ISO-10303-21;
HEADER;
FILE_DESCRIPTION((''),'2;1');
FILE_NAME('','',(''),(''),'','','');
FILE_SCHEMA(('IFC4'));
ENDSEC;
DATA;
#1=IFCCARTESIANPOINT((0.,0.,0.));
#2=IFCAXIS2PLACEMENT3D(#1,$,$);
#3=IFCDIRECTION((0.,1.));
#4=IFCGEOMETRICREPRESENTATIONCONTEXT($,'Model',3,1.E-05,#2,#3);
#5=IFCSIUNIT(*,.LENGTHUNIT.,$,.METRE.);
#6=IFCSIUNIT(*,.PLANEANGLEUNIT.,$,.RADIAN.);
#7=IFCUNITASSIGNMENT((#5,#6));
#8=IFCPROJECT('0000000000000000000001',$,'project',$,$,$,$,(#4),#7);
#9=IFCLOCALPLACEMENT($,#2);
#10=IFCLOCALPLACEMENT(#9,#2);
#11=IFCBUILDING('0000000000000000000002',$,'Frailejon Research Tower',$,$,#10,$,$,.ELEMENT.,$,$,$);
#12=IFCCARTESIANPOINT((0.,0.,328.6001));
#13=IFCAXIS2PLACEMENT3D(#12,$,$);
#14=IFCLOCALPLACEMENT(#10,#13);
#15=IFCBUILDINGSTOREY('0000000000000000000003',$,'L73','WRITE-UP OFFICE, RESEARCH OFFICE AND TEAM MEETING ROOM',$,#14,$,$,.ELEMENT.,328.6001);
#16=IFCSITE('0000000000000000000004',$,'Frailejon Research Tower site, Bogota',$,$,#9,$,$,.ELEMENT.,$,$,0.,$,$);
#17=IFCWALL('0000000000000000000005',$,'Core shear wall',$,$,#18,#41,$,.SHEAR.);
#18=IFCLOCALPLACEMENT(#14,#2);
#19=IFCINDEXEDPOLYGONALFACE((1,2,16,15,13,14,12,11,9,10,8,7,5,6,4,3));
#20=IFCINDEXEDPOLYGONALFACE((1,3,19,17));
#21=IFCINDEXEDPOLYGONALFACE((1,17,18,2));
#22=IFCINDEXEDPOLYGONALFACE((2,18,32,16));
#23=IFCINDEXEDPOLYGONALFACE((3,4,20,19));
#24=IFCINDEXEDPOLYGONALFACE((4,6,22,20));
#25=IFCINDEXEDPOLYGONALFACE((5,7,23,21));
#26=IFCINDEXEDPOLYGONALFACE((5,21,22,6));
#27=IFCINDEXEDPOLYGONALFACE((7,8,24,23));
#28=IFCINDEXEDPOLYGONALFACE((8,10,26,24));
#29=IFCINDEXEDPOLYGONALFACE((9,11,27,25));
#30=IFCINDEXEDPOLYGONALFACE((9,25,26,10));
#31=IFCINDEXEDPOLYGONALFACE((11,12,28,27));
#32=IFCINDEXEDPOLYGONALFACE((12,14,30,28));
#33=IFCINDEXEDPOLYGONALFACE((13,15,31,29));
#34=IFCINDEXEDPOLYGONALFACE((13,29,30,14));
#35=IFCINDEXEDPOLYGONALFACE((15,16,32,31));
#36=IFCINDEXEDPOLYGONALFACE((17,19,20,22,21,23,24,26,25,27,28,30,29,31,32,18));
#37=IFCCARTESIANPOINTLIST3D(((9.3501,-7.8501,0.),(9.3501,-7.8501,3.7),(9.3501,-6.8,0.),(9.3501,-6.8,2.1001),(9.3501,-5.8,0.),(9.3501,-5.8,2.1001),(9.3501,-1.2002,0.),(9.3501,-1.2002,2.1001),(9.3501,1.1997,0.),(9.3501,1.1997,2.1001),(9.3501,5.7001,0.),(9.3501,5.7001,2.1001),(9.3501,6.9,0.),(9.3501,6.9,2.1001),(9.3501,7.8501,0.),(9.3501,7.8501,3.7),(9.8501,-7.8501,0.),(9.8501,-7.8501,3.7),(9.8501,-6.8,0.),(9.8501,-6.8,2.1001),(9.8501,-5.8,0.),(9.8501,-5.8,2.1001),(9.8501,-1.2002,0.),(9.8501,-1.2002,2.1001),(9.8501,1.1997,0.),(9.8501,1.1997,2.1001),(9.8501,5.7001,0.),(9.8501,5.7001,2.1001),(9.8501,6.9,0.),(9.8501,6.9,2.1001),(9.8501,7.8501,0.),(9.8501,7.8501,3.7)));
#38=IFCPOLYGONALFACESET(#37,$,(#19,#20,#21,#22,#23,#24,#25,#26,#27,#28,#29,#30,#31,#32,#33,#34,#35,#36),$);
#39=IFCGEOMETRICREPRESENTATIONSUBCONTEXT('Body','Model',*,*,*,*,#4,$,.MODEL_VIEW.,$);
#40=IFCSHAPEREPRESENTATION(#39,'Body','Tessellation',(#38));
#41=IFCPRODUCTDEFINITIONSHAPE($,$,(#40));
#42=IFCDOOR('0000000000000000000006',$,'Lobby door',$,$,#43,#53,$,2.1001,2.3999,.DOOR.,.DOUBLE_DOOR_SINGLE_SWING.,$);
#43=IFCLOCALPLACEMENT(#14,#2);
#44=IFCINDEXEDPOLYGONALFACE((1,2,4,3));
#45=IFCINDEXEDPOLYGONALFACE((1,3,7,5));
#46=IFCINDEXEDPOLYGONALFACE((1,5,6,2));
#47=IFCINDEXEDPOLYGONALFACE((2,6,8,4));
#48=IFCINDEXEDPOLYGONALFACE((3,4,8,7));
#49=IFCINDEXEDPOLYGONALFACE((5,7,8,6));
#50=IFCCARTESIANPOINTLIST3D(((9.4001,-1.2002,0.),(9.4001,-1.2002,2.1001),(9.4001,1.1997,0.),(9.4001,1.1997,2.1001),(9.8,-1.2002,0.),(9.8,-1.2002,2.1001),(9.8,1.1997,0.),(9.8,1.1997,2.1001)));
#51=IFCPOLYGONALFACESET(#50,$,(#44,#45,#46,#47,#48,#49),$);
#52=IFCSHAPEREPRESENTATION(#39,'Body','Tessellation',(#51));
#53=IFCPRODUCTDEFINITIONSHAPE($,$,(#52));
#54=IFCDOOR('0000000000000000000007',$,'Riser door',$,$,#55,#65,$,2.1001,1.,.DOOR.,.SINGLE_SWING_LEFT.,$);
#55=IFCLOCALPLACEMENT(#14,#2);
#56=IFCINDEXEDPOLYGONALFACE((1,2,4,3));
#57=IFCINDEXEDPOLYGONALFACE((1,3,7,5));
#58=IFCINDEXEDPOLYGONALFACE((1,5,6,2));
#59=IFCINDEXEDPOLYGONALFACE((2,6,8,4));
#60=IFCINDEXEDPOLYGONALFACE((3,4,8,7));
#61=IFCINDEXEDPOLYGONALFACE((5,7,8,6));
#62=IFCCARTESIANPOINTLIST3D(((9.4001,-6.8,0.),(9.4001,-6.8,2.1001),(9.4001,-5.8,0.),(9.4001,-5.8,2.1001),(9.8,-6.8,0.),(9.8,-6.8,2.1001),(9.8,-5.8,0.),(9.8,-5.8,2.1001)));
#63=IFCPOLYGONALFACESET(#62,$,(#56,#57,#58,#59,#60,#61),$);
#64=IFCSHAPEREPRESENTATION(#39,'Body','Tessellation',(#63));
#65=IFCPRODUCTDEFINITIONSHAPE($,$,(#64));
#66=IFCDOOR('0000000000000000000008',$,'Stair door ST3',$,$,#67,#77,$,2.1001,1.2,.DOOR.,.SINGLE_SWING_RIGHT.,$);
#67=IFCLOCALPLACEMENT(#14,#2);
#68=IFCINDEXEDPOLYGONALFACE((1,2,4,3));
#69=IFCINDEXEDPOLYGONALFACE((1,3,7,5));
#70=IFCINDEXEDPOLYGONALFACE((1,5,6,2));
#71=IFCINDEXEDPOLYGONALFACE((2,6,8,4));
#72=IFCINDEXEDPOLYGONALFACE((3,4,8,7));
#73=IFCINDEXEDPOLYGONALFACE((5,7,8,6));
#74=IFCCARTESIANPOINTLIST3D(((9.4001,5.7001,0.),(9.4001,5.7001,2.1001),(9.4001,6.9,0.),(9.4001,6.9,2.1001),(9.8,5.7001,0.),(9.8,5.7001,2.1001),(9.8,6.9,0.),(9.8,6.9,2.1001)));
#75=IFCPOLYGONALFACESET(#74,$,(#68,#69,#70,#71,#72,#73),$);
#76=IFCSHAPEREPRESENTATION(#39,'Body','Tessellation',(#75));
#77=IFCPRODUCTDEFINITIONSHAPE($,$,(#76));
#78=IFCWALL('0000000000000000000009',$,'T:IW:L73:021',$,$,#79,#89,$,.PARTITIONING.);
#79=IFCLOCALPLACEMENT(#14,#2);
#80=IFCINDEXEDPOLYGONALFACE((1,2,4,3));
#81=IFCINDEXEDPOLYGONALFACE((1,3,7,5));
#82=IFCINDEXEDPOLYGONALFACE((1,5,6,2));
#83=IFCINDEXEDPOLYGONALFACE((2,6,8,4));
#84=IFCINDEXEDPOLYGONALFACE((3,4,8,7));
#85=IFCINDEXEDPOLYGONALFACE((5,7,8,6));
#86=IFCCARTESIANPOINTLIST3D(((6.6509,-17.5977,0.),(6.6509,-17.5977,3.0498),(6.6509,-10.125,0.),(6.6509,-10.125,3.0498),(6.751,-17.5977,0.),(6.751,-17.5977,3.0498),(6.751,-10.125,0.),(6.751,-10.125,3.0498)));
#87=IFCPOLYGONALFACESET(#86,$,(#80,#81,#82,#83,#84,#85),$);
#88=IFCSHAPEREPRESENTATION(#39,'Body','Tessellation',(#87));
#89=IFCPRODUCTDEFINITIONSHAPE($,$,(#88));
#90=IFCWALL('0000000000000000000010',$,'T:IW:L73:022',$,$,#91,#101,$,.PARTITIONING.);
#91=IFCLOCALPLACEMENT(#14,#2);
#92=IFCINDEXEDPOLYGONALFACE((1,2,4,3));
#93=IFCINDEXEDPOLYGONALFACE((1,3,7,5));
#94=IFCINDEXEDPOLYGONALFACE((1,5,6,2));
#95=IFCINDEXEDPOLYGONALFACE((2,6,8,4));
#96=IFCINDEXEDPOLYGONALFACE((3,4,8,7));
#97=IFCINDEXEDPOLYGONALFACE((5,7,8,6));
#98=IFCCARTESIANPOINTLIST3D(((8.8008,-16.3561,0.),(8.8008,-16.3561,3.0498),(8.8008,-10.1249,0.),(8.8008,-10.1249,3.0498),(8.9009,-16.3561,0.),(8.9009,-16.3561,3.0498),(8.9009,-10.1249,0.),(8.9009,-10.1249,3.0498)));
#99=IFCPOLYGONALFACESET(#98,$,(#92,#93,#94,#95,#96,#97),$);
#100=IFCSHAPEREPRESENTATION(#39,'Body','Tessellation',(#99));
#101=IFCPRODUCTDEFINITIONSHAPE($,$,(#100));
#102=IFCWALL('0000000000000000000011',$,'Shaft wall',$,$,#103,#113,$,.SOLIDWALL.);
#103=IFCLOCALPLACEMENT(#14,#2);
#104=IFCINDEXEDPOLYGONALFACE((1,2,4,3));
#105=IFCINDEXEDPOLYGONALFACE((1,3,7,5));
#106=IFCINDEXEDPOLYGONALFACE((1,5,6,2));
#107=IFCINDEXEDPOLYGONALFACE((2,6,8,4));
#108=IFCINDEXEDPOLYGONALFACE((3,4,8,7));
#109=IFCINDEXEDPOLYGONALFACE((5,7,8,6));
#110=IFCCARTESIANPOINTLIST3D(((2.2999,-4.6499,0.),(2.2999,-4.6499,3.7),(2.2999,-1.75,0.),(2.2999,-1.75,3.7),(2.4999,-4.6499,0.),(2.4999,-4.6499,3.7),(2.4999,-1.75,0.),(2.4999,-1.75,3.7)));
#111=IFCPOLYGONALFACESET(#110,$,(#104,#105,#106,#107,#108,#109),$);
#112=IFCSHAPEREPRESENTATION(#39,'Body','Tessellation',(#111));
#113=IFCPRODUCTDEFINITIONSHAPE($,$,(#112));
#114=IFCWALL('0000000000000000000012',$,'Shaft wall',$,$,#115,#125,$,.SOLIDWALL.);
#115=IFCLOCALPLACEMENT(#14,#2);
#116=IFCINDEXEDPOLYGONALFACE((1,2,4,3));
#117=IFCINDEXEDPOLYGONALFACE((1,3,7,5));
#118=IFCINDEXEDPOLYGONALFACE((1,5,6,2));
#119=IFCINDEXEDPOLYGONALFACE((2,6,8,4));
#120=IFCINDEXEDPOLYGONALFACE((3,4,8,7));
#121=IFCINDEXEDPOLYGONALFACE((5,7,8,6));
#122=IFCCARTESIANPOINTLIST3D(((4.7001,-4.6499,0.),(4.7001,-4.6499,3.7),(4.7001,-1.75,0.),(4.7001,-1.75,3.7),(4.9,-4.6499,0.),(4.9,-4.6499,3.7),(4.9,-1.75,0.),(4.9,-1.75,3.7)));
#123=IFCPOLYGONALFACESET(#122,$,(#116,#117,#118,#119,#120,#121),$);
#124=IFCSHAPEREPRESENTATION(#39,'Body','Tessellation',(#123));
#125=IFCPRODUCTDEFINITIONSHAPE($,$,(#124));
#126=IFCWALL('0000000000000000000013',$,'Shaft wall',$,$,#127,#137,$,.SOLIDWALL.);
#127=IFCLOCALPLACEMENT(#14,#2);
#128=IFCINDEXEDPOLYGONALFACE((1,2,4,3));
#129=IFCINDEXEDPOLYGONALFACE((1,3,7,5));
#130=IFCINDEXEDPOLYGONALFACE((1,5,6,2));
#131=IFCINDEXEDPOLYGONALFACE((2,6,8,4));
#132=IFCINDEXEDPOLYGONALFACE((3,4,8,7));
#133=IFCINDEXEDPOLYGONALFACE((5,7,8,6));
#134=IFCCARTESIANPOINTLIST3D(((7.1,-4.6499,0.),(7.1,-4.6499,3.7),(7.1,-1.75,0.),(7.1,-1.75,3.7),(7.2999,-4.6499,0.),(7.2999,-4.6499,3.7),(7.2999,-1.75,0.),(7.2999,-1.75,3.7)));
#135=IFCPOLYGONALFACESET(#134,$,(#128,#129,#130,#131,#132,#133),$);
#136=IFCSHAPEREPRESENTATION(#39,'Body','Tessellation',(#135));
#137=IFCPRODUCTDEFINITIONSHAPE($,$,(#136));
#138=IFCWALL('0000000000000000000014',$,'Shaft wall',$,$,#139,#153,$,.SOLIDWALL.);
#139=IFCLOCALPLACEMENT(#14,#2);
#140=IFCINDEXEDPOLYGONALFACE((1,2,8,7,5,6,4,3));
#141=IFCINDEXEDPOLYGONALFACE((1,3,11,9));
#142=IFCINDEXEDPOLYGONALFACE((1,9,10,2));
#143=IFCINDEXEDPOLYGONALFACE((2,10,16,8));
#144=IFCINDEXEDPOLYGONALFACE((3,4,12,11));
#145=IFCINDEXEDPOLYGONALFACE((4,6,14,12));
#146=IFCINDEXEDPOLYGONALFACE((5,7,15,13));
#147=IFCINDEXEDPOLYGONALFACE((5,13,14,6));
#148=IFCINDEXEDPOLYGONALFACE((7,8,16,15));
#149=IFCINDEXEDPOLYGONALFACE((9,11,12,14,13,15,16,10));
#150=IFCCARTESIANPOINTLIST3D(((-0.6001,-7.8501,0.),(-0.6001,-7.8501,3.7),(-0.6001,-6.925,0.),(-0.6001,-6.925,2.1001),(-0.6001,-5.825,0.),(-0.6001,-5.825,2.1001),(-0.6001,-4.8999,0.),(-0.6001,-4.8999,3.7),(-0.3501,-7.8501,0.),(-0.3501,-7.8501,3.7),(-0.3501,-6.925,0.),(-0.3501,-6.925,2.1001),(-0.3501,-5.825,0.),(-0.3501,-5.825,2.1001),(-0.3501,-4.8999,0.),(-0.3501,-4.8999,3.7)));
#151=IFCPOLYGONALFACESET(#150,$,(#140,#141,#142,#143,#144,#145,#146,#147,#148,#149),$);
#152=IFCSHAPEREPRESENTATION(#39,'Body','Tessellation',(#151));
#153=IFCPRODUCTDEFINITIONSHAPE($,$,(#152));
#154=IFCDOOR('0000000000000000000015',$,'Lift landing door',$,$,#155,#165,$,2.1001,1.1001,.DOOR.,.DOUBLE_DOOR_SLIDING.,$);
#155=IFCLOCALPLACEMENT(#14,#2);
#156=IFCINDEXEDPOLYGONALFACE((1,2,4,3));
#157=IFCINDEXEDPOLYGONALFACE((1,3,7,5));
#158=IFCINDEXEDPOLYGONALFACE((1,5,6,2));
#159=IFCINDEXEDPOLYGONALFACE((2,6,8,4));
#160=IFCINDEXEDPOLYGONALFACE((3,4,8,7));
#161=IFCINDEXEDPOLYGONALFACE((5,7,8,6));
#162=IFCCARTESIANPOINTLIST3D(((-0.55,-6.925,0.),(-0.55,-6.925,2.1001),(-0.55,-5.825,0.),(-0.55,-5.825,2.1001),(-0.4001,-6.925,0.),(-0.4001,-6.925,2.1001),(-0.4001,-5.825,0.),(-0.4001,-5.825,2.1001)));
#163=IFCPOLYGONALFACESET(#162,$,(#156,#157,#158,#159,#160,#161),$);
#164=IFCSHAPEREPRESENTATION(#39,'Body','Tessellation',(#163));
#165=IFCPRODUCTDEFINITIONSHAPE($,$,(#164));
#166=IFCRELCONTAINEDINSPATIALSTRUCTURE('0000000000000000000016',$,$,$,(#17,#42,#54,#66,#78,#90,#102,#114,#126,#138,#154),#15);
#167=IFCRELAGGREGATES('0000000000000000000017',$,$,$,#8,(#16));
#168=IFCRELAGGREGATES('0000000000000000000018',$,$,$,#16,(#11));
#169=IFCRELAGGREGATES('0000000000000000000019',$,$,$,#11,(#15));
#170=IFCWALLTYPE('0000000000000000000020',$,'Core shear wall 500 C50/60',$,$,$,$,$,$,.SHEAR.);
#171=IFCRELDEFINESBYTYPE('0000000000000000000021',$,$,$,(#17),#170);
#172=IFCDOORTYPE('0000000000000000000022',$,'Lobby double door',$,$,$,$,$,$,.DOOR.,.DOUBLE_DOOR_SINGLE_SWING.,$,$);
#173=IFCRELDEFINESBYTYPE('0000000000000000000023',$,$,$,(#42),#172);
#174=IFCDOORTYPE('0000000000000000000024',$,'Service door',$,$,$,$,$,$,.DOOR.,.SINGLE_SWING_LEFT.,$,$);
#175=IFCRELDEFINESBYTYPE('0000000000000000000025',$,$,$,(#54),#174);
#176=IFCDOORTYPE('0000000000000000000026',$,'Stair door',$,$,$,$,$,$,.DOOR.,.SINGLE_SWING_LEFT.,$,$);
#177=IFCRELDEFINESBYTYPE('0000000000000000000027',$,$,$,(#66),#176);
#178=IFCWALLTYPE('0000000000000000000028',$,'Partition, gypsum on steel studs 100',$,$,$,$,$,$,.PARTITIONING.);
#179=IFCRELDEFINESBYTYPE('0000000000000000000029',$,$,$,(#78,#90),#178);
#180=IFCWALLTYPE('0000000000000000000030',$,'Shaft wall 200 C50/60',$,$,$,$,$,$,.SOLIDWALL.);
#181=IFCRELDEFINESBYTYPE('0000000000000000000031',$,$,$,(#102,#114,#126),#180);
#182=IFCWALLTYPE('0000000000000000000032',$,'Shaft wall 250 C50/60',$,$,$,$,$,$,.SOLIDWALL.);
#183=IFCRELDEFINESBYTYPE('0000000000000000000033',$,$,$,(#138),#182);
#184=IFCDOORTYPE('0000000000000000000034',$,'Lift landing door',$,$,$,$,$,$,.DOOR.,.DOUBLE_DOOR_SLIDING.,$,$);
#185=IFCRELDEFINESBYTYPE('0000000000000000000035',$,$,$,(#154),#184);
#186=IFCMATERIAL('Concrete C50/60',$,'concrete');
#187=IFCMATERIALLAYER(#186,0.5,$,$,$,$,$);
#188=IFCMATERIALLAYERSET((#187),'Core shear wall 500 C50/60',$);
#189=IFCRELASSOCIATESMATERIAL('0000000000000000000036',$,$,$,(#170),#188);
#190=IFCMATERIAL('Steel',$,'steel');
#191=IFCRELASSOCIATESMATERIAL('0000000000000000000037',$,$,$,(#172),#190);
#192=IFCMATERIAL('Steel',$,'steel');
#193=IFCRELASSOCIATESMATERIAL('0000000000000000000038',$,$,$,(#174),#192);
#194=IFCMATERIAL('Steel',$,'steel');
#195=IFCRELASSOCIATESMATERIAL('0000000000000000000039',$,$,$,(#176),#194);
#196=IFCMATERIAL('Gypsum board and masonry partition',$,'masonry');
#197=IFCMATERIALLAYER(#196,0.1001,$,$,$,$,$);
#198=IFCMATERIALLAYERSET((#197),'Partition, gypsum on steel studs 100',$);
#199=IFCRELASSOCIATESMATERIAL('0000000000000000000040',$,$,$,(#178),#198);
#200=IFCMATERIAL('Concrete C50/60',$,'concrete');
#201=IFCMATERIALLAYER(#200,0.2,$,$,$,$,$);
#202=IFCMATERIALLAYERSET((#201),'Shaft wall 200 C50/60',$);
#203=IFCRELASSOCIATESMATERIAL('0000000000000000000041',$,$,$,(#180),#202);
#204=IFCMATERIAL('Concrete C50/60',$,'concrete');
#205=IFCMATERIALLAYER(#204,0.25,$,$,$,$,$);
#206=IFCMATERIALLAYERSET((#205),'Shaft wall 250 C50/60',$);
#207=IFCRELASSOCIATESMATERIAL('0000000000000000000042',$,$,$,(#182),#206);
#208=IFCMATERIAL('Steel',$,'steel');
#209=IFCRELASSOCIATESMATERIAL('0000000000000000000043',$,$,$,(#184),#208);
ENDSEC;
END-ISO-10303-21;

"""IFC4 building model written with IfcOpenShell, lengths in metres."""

from ifc_helpers import new_model, si_unit, direction, frame, frame_2d, origin, place, context, subcontext, project, spatial, rectangle, extrude, material, layer, layer_set, type_object, element, fill, save


model = new_model("IFC4")

# Units and contexts
model_context = context("Model", 3, precision=1e-05, world=origin(), true_north=direction((0.0, 1.0)))
body_context = subcontext(model_context, "Body", "Model", "MODEL_VIEW")
ifc_project = project(units=[si_unit("LENGTHUNIT", "METRE"), si_unit("PLANEANGLEUNIT", "RADIAN")], contexts=[model_context])

# Site, building, storey
site_placement = place(None, origin())
site = spatial("IfcSite", under=ifc_project, at=site_placement, Name="Frailejon Research Tower site, Bogota", CompositionType="ELEMENT", RefElevation=0.0)
building_placement = place(site_placement, origin())
building = spatial("IfcBuilding", under=site, at=building_placement, Name="Frailejon Research Tower", CompositionType="ELEMENT")
storey_placement = place(building_placement, frame((0.0, 0.0, 328.6001)))
storey = spatial("IfcBuildingStorey", under=building, at=storey_placement, Name="L73", Description="WRITE-UP OFFICE, RESEARCH OFFICE AND TEAM MEETING ROOM", CompositionType="ELEMENT", Elevation=328.6001)

# Wall, openings, doors
ifc_material_1 = material(Name="Concrete C50/60", Category="concrete")
ifc_layer_1 = layer(ifc_material_1, 0.5)
ifc_layer_set_1 = layer_set([ifc_layer_1], Name="Core shear wall 500 C50/60")
wall_type_1 = type_object("IfcWallType", Name="Core shear wall 500 C50/60", PredefinedType="SHEAR", material=ifc_layer_set_1)
wall_1_placement = place(storey_placement, frame((9.6001, -7.8501, 0.0), z_axis=(0.0, 0.0, 1.0), x_axis=(0.0, 1.0, 0.0)))
wall_1 = element("IfcWall", 1, at=wall_1_placement, inside=storey, type_object=wall_type_1, Name="Core shear wall", PredefinedType="SHEAR", context=body_context, shape_type="SweptSolid", body=[
    extrude(rectangle(XDim=15.7002, YDim=0.5, at=frame_2d((7.8501, 0.0))), origin(), (0.0, 0.0, 1.0), 3.7),
])
opening_1_placement = place(wall_1_placement, frame((6.6499, 0.0, 0.0)))
opening_1 = element("IfcOpeningElement", 2, at=opening_1_placement, cuts=wall_1, PredefinedType="OPENING", context=body_context, shape_type="SweptSolid", body=[
    extrude(rectangle(XDim=2.3999, YDim=2.1001, at=frame_2d((1.2, 1.05))), frame((0.0, 0.26, 0.0), z_axis=(0.0, -1.0, 0.0), x_axis=(1.0, 0.0, 0.0)), (0.0, 0.0, 1.0), 0.52),
])
opening_2_placement = place(wall_1_placement, frame((13.55, 0.0, 0.0)))
opening_2 = element("IfcOpeningElement", 3, at=opening_2_placement, cuts=wall_1, PredefinedType="OPENING", context=body_context, shape_type="SweptSolid", body=[
    extrude(rectangle(XDim=1.2, YDim=2.1001, at=frame_2d((0.6001, 1.05))), frame((0.0, 0.26, 0.0), z_axis=(0.0, -1.0, 0.0), x_axis=(1.0, 0.0, 0.0)), (0.0, 0.0, 1.0), 0.52),
])
opening_3_placement = place(wall_1_placement, frame((1.05, 0.0, 0.0)))
opening_3 = element("IfcOpeningElement", 4, at=opening_3_placement, cuts=wall_1, PredefinedType="OPENING", context=body_context, shape_type="SweptSolid", body=[
    extrude(rectangle(XDim=1.0, YDim=2.1001, at=frame_2d((0.5, 1.05))), frame((0.0, 0.26, 0.0), z_axis=(0.0, -1.0, 0.0), x_axis=(1.0, 0.0, 0.0)), (0.0, 0.0, 1.0), 0.52),
])
ifc_material_2 = material(Name="Steel", Category="steel")
door_type_1 = type_object("IfcDoorType", Name="Lobby double door", OperationType="DOUBLE_DOOR_SINGLE_SWING", PredefinedType="DOOR", material=ifc_material_2)
door_1_placement = place(opening_1_placement, origin())
door_1 = element("IfcDoor", 5, at=door_1_placement, inside=storey, type_object=door_type_1, Name="Lobby door", OperationType="DOUBLE_DOOR_SINGLE_SWING", OverallHeight=2.1001, OverallWidth=2.3999, PredefinedType="DOOR", context=body_context, shape_type="SweptSolid", body=[
    extrude(rectangle(XDim=2.3999, YDim=2.1001, at=frame_2d((1.2, 1.05))), frame((0.0, 0.2, 0.0), z_axis=(0.0, -1.0, 0.0), x_axis=(1.0, 0.0, 0.0)), (0.0, 0.0, 1.0), 0.3999),
])
fill(opening_1, door_1)
ifc_material_3 = material(Name="Steel", Category="steel")
door_type_2 = type_object("IfcDoorType", Name="Service door", OperationType="SINGLE_SWING_LEFT", PredefinedType="DOOR", material=ifc_material_3)
door_2_placement = place(opening_3_placement, origin())
door_2 = element("IfcDoor", 6, at=door_2_placement, inside=storey, type_object=door_type_2, Name="Riser door", OperationType="SINGLE_SWING_LEFT", OverallHeight=2.1001, OverallWidth=1.0, PredefinedType="DOOR", context=body_context, shape_type="SweptSolid", body=[
    extrude(rectangle(XDim=1.0, YDim=2.1001, at=frame_2d((0.5, 1.05))), frame((0.0, 0.2, 0.0), z_axis=(0.0, -1.0, 0.0), x_axis=(1.0, 0.0, 0.0)), (0.0, 0.0, 1.0), 0.3999),
])
fill(opening_3, door_2)
ifc_material_4 = material(Name="Steel", Category="steel")
door_type_3 = type_object("IfcDoorType", Name="Stair door", OperationType="SINGLE_SWING_LEFT", PredefinedType="DOOR", material=ifc_material_4)
door_3_placement = place(opening_2_placement, origin())
door_3 = element("IfcDoor", 7, at=door_3_placement, inside=storey, type_object=door_type_3, Name="Stair door ST3", OperationType="SINGLE_SWING_RIGHT", OverallHeight=2.1001, OverallWidth=1.2, PredefinedType="DOOR", context=body_context, shape_type="SweptSolid", body=[
    extrude(rectangle(XDim=1.2, YDim=2.1001, at=frame_2d((0.6001, 1.05))), frame((0.0, 0.2, 0.0), z_axis=(0.0, -1.0, 0.0), x_axis=(1.0, 0.0, 0.0)), (0.0, 0.0, 1.0), 0.3999),
])
fill(opening_2, door_3)

# Walls
ifc_material_5 = material(Name="Gypsum board and masonry partition", Category="masonry")
ifc_layer_2 = layer(ifc_material_5, 0.1001)
ifc_layer_set_2 = layer_set([ifc_layer_2], Name="Partition, gypsum on steel studs 100")
wall_type_2 = type_object("IfcWallType", Name="Partition, gypsum on steel studs 100", PredefinedType="PARTITIONING", material=ifc_layer_set_2)
wall_2_placement = place(storey_placement, frame((6.7009, -17.5977, 0.0), z_axis=(0.0, 0.0, 1.0), x_axis=(0.0, 1.0, 0.0)))
element("IfcWall", 8, at=wall_2_placement, inside=storey, type_object=wall_type_2, Name="T:IW:L73:021", PredefinedType="PARTITIONING", context=body_context, shape_type="SweptSolid", body=[
    extrude(rectangle(XDim=7.4727, YDim=0.1001, at=frame_2d((3.7363, 0.0))), origin(), (0.0, 0.0, 1.0), 3.0498),
])
wall_3_placement = place(storey_placement, frame((8.8508, -16.3562, 0.0), z_axis=(0.0, 0.0, 1.0), x_axis=(0.0, 1.0, 0.0)))
element("IfcWall", 9, at=wall_3_placement, inside=storey, type_object=wall_type_2, Name="T:IW:L73:022", PredefinedType="PARTITIONING", context=body_context, shape_type="SweptSolid", body=[
    extrude(rectangle(XDim=6.2312, YDim=0.1001, at=frame_2d((3.1157, 0.0))), origin(), (0.0, 0.0, 1.0), 3.0498),
])
ifc_material_6 = material(Name="Concrete C50/60", Category="concrete")
ifc_layer_3 = layer(ifc_material_6, 0.2)
ifc_layer_set_3 = layer_set([ifc_layer_3], Name="Shaft wall 200 C50/60")
wall_type_3 = type_object("IfcWallType", Name="Shaft wall 200 C50/60", PredefinedType="SOLIDWALL", material=ifc_layer_set_3)
for number, where, z_axis, x_axis, name in (
    (10, (2.3999, -4.6499, 0.0), (0.0, 0.0, 1.0), (0.0, 1.0, 0.0), "Shaft wall"),
    (11, (4.8, -4.6499, 0.0), (0.0, 0.0, 1.0), (0.0, 1.0, 0.0), "Shaft wall"),
    (12, (7.2, -4.6499, 0.0), (0.0, 0.0, 1.0), (0.0, 1.0, 0.0), "Shaft wall"),
):
    element("IfcWall", number, at=place(storey_placement, frame(where, z_axis=z_axis, x_axis=x_axis)), inside=storey, type_object=wall_type_3, Name=name, PredefinedType="SOLIDWALL", context=body_context, shape_type="SweptSolid", body=[
        extrude(rectangle(XDim=2.8999, YDim=0.2, at=frame_2d((1.45, 0.0))), origin(), (0.0, 0.0, 1.0), 3.7),
    ])

# Wall, opening, door
ifc_material_7 = material(Name="Concrete C50/60", Category="concrete")
ifc_layer_4 = layer(ifc_material_7, 0.25)
ifc_layer_set_4 = layer_set([ifc_layer_4], Name="Shaft wall 250 C50/60")
wall_type_4 = type_object("IfcWallType", Name="Shaft wall 250 C50/60", PredefinedType="SOLIDWALL", material=ifc_layer_set_4)
wall_4_placement = place(storey_placement, frame((-0.4751, -7.8501, 0.0), z_axis=(0.0, 0.0, 1.0), x_axis=(0.0, 1.0, 0.0)))
wall_4 = element("IfcWall", 13, at=wall_4_placement, inside=storey, type_object=wall_type_4, Name="Shaft wall", PredefinedType="SOLIDWALL", context=body_context, shape_type="SweptSolid", body=[
    extrude(rectangle(XDim=2.9502, YDim=0.25, at=frame_2d((1.4751, 0.0))), origin(), (0.0, 0.0, 1.0), 3.7),
])
opening_4_placement = place(wall_4_placement, frame((0.925, 0.0, 0.0)))
opening_4 = element("IfcOpeningElement", 14, at=opening_4_placement, cuts=wall_4, PredefinedType="OPENING", context=body_context, shape_type="SweptSolid", body=[
    extrude(rectangle(XDim=1.1001, YDim=2.1001, at=frame_2d((0.55, 1.05))), frame((0.0, 0.135, 0.0), z_axis=(0.0, -1.0, 0.0), x_axis=(1.0, 0.0, 0.0)), (0.0, 0.0, 1.0), 0.27),
])
ifc_material_8 = material(Name="Steel", Category="steel")
door_type_4 = type_object("IfcDoorType", Name="Lift landing door", OperationType="DOUBLE_DOOR_SLIDING", PredefinedType="DOOR", material=ifc_material_8)
door_4_placement = place(opening_4_placement, origin())
door_4 = element("IfcDoor", 15, at=door_4_placement, inside=storey, type_object=door_type_4, Name="Lift landing door", OperationType="DOUBLE_DOOR_SLIDING", OverallHeight=2.1001, OverallWidth=1.1001, PredefinedType="DOOR", context=body_context, shape_type="SweptSolid", body=[
    extrude(rectangle(XDim=1.1001, YDim=2.1001, at=frame_2d((0.55, 1.05))), frame((0.0, 0.075, 0.0), z_axis=(0.0, -1.0, 0.0), x_axis=(1.0, 0.0, 0.0)), (0.0, 0.0, 1.0), 0.1499),
])
fill(opening_4, door_4)

save(model, "model.ifc")
